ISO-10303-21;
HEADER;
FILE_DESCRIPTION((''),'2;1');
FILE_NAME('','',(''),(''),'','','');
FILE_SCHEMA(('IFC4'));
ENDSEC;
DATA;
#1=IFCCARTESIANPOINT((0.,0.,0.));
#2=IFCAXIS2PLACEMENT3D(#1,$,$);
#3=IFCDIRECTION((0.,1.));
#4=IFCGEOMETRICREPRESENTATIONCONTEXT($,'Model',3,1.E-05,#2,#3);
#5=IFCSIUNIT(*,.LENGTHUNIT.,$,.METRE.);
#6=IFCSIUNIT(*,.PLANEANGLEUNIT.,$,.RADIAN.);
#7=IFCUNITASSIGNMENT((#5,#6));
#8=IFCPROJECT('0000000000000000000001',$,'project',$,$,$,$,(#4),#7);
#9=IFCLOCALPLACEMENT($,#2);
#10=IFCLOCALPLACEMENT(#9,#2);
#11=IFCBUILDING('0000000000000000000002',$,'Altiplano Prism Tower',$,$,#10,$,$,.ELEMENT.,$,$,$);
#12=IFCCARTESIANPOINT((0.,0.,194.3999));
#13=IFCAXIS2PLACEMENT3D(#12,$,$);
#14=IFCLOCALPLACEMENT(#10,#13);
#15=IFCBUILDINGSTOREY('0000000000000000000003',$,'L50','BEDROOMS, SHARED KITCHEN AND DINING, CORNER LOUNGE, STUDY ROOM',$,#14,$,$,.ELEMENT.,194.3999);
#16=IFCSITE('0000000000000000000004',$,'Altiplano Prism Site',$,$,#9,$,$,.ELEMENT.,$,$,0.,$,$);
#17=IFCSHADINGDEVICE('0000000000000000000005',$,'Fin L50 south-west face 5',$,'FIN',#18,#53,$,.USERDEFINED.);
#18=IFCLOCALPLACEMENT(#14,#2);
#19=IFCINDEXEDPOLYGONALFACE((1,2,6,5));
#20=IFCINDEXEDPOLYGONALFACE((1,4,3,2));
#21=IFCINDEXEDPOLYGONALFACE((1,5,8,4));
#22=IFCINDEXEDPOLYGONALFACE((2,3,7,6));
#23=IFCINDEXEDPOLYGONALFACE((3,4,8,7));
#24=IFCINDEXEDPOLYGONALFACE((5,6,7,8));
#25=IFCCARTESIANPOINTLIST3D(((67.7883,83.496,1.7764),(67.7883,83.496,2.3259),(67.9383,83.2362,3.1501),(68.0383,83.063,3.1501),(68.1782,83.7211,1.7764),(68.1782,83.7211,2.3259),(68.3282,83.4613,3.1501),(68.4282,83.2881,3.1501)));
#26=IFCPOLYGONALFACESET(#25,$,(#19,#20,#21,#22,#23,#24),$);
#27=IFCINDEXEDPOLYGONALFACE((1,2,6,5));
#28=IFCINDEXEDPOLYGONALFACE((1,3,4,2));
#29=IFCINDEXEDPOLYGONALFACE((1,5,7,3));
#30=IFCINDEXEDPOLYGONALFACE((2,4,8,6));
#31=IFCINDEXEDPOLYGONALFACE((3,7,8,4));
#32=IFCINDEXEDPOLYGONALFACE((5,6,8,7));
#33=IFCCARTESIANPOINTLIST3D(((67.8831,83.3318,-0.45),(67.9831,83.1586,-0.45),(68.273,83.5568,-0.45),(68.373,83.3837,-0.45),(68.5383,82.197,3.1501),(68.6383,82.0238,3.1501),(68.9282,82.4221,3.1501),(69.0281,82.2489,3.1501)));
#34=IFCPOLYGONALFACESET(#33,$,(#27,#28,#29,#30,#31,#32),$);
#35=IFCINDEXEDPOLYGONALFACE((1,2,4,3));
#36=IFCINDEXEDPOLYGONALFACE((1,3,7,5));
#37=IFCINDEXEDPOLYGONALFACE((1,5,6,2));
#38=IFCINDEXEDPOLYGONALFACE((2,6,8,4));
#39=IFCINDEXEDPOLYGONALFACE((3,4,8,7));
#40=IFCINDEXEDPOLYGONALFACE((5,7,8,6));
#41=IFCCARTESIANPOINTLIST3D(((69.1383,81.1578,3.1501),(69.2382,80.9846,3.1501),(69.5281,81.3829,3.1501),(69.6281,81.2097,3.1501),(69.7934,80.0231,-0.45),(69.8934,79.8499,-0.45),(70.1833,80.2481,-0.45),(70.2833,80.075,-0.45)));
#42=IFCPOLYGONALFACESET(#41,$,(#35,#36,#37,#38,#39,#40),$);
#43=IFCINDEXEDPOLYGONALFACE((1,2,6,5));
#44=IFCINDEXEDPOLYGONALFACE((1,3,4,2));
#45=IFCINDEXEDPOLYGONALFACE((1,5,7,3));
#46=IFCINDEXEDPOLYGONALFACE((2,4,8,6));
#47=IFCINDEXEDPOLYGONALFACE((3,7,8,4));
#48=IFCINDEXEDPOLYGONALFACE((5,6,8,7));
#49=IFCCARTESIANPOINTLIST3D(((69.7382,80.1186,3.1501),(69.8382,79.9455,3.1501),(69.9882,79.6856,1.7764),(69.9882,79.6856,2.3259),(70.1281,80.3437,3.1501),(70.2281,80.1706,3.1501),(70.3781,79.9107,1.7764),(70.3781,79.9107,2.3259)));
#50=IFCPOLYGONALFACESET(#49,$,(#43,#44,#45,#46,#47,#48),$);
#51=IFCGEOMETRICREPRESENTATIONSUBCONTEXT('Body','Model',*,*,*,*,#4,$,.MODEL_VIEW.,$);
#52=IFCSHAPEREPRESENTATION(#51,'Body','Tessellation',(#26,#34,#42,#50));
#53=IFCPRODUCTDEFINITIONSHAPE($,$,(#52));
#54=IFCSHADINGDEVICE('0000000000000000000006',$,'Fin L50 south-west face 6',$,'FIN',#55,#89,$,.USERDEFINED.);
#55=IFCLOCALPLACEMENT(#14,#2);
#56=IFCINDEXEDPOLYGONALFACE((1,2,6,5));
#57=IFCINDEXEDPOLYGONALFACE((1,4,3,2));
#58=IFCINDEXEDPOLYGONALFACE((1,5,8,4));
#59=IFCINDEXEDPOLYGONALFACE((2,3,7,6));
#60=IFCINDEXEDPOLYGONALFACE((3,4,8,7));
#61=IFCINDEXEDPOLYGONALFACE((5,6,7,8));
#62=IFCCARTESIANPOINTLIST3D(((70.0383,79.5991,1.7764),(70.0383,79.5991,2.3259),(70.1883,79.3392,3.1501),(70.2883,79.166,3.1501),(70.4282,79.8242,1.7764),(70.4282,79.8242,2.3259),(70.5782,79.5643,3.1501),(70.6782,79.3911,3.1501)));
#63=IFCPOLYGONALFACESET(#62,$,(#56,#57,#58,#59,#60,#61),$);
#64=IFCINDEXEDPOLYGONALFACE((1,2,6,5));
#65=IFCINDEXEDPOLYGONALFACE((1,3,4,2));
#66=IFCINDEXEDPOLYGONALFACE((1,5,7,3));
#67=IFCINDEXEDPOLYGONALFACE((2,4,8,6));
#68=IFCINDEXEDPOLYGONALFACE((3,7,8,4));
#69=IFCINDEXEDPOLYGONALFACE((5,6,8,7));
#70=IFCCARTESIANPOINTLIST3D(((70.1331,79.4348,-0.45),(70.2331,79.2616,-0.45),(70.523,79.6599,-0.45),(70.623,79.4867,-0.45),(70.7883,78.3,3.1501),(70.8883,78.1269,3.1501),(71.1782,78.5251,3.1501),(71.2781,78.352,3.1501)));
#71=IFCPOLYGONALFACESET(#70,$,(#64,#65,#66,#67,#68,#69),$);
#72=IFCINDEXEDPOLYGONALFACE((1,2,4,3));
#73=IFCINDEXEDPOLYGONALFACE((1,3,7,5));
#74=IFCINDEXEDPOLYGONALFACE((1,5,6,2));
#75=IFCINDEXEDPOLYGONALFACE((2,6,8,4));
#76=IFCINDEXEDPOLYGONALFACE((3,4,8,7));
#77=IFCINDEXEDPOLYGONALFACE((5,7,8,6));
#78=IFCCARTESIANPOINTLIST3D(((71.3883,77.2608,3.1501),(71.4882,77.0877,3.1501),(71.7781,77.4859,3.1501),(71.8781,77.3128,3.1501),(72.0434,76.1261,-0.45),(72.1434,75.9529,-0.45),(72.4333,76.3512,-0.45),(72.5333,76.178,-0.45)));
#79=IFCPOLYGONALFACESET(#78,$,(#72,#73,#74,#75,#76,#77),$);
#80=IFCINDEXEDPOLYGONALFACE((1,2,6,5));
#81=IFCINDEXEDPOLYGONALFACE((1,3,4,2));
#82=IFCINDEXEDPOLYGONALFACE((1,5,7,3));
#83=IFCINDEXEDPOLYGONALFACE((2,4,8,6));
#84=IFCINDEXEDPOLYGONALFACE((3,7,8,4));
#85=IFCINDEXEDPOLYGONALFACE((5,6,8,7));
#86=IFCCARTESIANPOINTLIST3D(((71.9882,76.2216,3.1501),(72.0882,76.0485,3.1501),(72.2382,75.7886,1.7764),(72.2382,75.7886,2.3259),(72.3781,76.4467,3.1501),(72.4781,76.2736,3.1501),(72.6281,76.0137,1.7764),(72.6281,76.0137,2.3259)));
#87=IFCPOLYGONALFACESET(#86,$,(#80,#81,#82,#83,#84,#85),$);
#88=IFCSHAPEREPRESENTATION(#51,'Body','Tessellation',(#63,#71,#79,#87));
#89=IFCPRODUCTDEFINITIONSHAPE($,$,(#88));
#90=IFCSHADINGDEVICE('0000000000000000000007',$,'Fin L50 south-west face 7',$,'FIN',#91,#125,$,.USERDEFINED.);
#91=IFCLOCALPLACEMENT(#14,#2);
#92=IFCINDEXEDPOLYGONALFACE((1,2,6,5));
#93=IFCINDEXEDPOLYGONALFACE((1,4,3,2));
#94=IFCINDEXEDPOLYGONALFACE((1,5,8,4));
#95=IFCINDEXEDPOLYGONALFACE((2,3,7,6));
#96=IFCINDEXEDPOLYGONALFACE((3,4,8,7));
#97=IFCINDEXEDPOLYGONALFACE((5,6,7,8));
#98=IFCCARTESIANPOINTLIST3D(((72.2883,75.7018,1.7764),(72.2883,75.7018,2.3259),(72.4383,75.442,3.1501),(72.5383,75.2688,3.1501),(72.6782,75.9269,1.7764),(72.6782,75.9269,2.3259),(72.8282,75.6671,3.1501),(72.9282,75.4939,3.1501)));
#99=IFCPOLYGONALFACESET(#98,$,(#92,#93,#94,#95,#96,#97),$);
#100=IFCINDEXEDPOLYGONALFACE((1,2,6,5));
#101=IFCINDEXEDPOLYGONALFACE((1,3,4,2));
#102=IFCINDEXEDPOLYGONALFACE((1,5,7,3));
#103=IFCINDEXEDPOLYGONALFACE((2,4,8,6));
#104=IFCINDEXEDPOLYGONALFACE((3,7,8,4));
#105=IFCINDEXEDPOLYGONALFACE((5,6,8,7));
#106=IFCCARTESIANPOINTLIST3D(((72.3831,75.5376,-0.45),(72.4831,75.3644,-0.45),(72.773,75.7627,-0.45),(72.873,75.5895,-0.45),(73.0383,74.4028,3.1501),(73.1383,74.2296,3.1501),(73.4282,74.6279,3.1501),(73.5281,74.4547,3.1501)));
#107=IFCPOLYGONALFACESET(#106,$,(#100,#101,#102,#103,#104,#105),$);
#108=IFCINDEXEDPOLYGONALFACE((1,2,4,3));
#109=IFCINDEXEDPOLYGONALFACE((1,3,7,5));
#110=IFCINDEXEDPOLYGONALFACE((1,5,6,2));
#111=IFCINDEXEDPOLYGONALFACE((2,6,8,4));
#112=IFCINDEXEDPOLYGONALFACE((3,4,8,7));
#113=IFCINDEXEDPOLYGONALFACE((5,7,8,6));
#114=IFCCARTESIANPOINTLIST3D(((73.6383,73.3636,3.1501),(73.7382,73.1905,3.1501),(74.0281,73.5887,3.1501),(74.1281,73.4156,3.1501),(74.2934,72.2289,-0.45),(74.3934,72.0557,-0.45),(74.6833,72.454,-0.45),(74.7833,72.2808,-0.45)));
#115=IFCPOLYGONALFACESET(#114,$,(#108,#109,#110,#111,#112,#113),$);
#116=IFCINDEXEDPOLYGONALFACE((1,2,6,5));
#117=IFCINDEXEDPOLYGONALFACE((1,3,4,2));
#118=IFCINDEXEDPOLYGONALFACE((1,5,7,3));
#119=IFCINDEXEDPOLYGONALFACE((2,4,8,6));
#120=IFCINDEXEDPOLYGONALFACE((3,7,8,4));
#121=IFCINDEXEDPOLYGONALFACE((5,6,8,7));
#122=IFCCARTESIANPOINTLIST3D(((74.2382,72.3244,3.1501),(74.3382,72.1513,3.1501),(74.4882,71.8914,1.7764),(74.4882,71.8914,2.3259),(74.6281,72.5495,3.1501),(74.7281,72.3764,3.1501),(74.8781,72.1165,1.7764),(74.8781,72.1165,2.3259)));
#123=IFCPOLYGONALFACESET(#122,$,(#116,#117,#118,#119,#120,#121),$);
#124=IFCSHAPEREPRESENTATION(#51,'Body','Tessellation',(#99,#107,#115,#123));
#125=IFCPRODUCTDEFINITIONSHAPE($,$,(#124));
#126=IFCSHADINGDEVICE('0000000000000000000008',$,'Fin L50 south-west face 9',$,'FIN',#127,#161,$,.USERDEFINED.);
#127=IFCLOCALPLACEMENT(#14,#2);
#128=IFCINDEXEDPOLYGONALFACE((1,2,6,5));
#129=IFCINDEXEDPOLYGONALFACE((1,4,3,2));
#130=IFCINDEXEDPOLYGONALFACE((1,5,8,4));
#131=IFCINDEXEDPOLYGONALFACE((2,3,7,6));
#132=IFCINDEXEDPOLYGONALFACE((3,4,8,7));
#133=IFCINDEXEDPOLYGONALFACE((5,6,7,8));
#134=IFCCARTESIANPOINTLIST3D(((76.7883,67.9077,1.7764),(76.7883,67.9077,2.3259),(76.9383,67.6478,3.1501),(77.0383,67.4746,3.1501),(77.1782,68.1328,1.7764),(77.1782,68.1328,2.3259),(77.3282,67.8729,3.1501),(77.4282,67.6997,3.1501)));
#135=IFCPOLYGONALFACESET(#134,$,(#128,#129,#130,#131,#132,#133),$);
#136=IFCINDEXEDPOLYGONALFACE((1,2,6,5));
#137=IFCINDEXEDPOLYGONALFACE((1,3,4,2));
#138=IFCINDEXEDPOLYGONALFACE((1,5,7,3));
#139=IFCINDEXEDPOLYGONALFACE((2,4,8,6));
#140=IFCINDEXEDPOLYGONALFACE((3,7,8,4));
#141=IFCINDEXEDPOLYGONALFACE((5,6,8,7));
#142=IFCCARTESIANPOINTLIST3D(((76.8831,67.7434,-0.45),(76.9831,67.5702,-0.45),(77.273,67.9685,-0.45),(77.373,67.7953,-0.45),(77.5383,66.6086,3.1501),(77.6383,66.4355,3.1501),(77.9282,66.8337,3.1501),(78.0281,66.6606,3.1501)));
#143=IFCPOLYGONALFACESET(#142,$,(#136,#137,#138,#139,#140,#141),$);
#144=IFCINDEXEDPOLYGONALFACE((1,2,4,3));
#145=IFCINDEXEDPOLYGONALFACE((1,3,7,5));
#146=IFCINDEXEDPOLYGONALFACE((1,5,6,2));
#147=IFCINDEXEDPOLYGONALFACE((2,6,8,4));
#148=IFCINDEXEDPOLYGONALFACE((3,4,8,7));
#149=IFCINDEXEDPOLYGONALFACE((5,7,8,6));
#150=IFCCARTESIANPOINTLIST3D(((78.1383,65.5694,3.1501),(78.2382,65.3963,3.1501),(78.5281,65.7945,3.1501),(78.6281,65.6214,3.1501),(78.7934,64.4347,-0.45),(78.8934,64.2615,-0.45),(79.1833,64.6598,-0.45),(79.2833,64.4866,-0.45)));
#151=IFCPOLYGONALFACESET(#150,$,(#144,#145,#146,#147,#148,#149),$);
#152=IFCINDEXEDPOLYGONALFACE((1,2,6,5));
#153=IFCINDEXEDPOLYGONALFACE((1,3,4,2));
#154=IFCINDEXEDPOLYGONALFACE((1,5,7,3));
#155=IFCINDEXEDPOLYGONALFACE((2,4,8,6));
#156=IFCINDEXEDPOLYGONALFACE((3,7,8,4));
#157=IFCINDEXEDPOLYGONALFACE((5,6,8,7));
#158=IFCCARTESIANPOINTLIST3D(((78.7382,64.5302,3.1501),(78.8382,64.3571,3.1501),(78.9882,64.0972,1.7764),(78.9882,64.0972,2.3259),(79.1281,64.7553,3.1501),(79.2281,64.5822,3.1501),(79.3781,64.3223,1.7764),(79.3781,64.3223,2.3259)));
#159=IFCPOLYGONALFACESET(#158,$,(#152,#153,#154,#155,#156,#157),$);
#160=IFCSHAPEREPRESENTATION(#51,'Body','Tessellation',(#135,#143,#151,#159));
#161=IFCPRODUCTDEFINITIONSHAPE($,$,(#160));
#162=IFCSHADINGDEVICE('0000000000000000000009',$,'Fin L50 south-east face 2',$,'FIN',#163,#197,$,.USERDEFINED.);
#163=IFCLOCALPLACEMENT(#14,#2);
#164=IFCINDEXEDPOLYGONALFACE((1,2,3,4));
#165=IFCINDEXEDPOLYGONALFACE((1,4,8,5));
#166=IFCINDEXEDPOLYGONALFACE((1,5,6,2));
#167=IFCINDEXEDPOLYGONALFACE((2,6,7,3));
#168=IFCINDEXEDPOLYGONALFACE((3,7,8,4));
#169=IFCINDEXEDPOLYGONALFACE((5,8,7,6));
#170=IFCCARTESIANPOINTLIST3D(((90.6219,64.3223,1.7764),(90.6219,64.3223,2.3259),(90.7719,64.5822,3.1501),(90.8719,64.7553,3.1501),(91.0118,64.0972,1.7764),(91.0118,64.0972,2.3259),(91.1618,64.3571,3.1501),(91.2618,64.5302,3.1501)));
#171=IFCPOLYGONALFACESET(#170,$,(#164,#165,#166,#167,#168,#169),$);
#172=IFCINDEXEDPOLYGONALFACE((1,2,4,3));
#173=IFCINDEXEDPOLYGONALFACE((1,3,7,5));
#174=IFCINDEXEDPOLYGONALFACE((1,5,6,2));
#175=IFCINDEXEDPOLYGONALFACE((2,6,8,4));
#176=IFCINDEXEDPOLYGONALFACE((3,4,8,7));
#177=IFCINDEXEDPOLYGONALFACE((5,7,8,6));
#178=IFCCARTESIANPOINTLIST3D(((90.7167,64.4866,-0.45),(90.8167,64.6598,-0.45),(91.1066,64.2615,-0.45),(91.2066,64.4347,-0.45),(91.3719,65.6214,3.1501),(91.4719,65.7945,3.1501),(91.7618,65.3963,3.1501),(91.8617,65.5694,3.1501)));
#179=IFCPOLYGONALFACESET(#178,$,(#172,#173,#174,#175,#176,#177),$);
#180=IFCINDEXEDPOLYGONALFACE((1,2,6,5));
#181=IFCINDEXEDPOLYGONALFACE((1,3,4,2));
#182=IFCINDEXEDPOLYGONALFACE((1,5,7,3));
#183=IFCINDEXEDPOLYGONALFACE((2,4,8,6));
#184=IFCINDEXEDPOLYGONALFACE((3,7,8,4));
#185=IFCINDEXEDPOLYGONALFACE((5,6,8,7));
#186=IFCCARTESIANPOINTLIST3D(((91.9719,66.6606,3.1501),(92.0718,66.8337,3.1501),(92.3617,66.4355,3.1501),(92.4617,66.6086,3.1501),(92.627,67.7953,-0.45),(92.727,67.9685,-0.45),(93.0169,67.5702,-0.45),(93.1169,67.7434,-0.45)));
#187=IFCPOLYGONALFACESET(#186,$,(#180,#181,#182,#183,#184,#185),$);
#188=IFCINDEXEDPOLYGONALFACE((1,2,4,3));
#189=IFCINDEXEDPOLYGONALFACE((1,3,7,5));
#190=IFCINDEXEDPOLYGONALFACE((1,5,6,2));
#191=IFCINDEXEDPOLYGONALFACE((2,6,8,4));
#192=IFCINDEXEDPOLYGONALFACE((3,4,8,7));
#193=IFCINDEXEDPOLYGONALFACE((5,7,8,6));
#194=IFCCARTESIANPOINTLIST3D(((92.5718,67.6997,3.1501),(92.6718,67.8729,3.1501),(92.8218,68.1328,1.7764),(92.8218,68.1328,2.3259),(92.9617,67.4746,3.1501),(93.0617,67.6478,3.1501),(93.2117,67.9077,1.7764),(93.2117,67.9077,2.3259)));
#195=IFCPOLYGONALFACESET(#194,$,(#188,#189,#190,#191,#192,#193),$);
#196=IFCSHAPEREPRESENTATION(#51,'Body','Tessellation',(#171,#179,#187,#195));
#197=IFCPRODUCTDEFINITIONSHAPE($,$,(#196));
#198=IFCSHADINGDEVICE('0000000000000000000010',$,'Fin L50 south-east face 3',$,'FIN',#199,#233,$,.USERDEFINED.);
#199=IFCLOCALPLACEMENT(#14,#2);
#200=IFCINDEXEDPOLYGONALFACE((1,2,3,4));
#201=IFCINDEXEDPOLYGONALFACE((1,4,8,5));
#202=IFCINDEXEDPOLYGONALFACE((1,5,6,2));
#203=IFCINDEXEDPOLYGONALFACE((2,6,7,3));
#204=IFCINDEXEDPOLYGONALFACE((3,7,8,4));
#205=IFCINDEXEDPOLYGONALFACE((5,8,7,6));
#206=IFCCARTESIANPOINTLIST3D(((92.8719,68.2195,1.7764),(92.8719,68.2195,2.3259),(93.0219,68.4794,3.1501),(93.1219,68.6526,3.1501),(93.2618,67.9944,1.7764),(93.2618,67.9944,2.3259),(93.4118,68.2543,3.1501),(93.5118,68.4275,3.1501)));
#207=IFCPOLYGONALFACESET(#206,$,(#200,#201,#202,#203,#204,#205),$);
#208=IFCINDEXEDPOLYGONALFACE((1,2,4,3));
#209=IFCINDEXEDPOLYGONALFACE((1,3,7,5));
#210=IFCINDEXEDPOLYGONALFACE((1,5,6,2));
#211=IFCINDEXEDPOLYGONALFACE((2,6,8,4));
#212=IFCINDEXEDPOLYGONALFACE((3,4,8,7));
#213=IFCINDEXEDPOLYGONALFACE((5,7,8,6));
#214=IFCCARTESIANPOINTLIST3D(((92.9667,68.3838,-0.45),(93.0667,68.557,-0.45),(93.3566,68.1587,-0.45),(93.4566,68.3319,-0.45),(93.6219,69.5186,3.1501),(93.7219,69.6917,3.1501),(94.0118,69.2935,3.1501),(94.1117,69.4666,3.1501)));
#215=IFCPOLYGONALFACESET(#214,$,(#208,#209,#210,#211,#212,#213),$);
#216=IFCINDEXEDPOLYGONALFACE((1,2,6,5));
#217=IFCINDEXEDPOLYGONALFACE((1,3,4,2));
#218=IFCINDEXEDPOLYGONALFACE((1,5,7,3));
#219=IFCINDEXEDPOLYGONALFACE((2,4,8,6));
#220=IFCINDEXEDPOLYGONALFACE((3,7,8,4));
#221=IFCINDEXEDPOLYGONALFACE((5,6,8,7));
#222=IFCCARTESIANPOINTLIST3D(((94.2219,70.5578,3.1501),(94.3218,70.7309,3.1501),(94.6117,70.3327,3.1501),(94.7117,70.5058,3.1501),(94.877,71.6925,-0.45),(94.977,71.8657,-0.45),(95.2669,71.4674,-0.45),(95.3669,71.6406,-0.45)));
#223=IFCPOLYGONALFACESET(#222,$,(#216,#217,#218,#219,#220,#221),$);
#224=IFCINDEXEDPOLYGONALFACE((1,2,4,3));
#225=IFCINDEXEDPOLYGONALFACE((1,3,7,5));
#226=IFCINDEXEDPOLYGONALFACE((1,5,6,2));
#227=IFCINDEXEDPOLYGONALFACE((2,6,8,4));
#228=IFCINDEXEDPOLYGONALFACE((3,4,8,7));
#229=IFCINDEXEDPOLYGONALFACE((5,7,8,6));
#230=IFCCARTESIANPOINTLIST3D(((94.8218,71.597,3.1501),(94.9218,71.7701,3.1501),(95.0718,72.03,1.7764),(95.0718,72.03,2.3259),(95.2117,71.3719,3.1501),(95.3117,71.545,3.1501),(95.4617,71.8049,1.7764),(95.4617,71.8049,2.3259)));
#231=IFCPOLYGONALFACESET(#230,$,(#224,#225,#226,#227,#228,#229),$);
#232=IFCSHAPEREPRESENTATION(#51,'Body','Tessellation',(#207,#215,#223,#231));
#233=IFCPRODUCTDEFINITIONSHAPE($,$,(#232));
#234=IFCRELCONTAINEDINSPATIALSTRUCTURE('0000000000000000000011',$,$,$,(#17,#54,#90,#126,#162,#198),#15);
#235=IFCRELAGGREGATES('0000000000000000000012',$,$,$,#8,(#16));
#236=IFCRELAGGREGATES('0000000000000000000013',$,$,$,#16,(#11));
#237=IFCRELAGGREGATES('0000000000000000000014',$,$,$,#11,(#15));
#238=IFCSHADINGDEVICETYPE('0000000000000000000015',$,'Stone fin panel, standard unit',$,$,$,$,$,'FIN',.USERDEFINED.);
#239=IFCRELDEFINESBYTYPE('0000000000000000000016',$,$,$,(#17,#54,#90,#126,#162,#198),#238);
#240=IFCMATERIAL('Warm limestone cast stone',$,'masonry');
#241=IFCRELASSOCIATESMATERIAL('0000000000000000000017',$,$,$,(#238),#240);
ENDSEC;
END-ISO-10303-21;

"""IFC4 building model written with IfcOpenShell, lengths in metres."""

from ifc_helpers import new_model, si_unit, direction, frame, origin, place, context, subcontext, project, spatial, polyline, outline, extrude, source, transform, mapped, material, type_object, element, save


model = new_model("IFC4")

# Units and contexts
model_context = context("Model", 3, precision=1e-05, world=origin(), true_north=direction((0.0, 1.0)))
body_context = subcontext(model_context, "Body", "Model", "MODEL_VIEW")
ifc_project = project(units=[si_unit("LENGTHUNIT", "METRE"), si_unit("PLANEANGLEUNIT", "RADIAN")], contexts=[model_context])

# Site, building, storey
site_placement = place(None, origin())
site = spatial("IfcSite", under=ifc_project, at=site_placement, Name="Altiplano Prism Site", CompositionType="ELEMENT", RefElevation=0.0)
building_placement = place(site_placement, origin())
building = spatial("IfcBuilding", under=site, at=building_placement, Name="Altiplano Prism Tower", CompositionType="ELEMENT")
storey_placement = place(building_placement, frame((0.0, 0.0, 194.3999)))
storey = spatial("IfcBuildingStorey", under=building, at=storey_placement, Name="L50", Description="BEDROOMS, SHARED KITCHEN AND DINING, CORNER LOUNGE, STUDY ROOM", CompositionType="ELEMENT", Elevation=194.3999)

# Shading devices
ifc_material_1 = material(Name="Warm limestone cast stone", Category="masonry")
shading_device_type_1 = type_object("IfcShadingDeviceType", Name="Stone fin panel, standard unit", ElementType="FIN", PredefinedType="USERDEFINED", material=ifc_material_1)
shared_shape_1 = source(origin(), body_context, "Body", "SweptSolid", [
    extrude(outline(polyline([(-2.2, 2.2263), (-1.7, 3.6001), (-1.8999, 3.6001), (-2.2, 2.7759), (-2.2, 2.2263)])), frame((0.0, -0.1499, 0.0), z_axis=(0.0, -1.0, 0.0), x_axis=(1.0, 0.0, 0.0)), (0.0, 0.0, 1.0), 0.4502),
    extrude(outline(polyline([(-2.0103, 0.0), (-1.8103, 0.0), (-0.5, 3.6001), (-0.7, 3.6001), (-2.0103, 0.0)])), frame((0.0, -0.1499, 0.0), z_axis=(0.0, -1.0, 0.0), x_axis=(1.0, 0.0, 0.0)), (0.0, 0.0, 1.0), 0.4502),
    extrude(outline(polyline([(1.8103, 0.0), (2.0103, 0.0), (0.7, 3.6001), (0.5, 3.6001), (1.8103, 0.0)])), frame((0.0, -0.1499, 0.0), z_axis=(0.0, -1.0, 0.0), x_axis=(1.0, 0.0, 0.0)), (0.0, 0.0, 1.0), 0.4502),
    extrude(outline(polyline([(2.2, 2.7759), (1.8999, 3.6001), (1.7, 3.6001), (2.2, 2.2263), (2.2, 2.7759)])), frame((0.0, -0.1499, 0.0), z_axis=(0.0, -1.0, 0.0), x_axis=(1.0, 0.0, 0.0)), (0.0, 0.0, 1.0), 0.4502),
])
shading_device_1_placement = place(storey_placement, origin())
element("IfcShadingDevice", 1, at=shading_device_1_placement, inside=storey, type_object=shading_device_type_1, Name="Fin L50 south-west face 5", ObjectType="FIN", PredefinedType="USERDEFINED", context=body_context, shape_type="MappedRepresentation", body=[
    mapped(shared_shape_1, transform((69.408, 81.8909, -0.45), x_axis=(0.5, -0.866025, 0.0), y_axis=(0.866025, 0.5, 0.0), z_axis=(0.0, 0.0, 1.0))),
])
shading_device_2_placement = place(storey_placement, origin())
element("IfcShadingDevice", 2, at=shading_device_2_placement, inside=storey, type_object=shading_device_type_1, Name="Fin L50 south-west face 6", ObjectType="FIN", PredefinedType="USERDEFINED", context=body_context, shape_type="MappedRepresentation", body=[
    mapped(shared_shape_1, transform((71.658, 77.9939, -0.45), x_axis=(0.5, -0.866025, 0.0), y_axis=(0.866025, 0.5, 0.0), z_axis=(0.0, 0.0, 1.0))),
])
shading_device_3_placement = place(storey_placement, origin())
element("IfcShadingDevice", 3, at=shading_device_3_placement, inside=storey, type_object=shading_device_type_1, Name="Fin L50 south-west face 7", ObjectType="FIN", PredefinedType="USERDEFINED", context=body_context, shape_type="MappedRepresentation", body=[
    mapped(shared_shape_1, transform((73.908, 74.0967, -0.45), x_axis=(0.5, -0.866025, 0.0), y_axis=(0.866025, 0.5, 0.0), z_axis=(0.0, 0.0, 1.0))),
])
shading_device_4_placement = place(storey_placement, origin())
element("IfcShadingDevice", 4, at=shading_device_4_placement, inside=storey, type_object=shading_device_type_1, Name="Fin L50 south-west face 9", ObjectType="FIN", PredefinedType="USERDEFINED", context=body_context, shape_type="MappedRepresentation", body=[
    mapped(shared_shape_1, transform((78.408, 66.3025, -0.45), x_axis=(0.5, -0.866025, 0.0), y_axis=(0.866025, 0.5, 0.0), z_axis=(0.0, 0.0, 1.0))),
])
shading_device_5_placement = place(storey_placement, origin())
element("IfcShadingDevice", 5, at=shading_device_5_placement, inside=storey, type_object=shading_device_type_1, Name="Fin L50 south-east face 2", ObjectType="FIN", PredefinedType="USERDEFINED", context=body_context, shape_type="MappedRepresentation", body=[
    mapped(shared_shape_1, transform((91.592, 66.3025, -0.45), x_axis=(0.5, 0.866025, 0.0), y_axis=(-0.866025, 0.5, 0.0), z_axis=(0.0, 0.0, 1.0))),
])
shading_device_6_placement = place(storey_placement, origin())
element("IfcShadingDevice", 6, at=shading_device_6_placement, inside=storey, type_object=shading_device_type_1, Name="Fin L50 south-east face 3", ObjectType="FIN", PredefinedType="USERDEFINED", context=body_context, shape_type="MappedRepresentation", body=[
    mapped(shared_shape_1, transform((93.842, 70.1997, -0.45), x_axis=(0.5, 0.866025, 0.0), y_axis=(-0.866025, 0.5, 0.0), z_axis=(0.0, 0.0, 1.0))),
])

save(model, "model.ifc")
